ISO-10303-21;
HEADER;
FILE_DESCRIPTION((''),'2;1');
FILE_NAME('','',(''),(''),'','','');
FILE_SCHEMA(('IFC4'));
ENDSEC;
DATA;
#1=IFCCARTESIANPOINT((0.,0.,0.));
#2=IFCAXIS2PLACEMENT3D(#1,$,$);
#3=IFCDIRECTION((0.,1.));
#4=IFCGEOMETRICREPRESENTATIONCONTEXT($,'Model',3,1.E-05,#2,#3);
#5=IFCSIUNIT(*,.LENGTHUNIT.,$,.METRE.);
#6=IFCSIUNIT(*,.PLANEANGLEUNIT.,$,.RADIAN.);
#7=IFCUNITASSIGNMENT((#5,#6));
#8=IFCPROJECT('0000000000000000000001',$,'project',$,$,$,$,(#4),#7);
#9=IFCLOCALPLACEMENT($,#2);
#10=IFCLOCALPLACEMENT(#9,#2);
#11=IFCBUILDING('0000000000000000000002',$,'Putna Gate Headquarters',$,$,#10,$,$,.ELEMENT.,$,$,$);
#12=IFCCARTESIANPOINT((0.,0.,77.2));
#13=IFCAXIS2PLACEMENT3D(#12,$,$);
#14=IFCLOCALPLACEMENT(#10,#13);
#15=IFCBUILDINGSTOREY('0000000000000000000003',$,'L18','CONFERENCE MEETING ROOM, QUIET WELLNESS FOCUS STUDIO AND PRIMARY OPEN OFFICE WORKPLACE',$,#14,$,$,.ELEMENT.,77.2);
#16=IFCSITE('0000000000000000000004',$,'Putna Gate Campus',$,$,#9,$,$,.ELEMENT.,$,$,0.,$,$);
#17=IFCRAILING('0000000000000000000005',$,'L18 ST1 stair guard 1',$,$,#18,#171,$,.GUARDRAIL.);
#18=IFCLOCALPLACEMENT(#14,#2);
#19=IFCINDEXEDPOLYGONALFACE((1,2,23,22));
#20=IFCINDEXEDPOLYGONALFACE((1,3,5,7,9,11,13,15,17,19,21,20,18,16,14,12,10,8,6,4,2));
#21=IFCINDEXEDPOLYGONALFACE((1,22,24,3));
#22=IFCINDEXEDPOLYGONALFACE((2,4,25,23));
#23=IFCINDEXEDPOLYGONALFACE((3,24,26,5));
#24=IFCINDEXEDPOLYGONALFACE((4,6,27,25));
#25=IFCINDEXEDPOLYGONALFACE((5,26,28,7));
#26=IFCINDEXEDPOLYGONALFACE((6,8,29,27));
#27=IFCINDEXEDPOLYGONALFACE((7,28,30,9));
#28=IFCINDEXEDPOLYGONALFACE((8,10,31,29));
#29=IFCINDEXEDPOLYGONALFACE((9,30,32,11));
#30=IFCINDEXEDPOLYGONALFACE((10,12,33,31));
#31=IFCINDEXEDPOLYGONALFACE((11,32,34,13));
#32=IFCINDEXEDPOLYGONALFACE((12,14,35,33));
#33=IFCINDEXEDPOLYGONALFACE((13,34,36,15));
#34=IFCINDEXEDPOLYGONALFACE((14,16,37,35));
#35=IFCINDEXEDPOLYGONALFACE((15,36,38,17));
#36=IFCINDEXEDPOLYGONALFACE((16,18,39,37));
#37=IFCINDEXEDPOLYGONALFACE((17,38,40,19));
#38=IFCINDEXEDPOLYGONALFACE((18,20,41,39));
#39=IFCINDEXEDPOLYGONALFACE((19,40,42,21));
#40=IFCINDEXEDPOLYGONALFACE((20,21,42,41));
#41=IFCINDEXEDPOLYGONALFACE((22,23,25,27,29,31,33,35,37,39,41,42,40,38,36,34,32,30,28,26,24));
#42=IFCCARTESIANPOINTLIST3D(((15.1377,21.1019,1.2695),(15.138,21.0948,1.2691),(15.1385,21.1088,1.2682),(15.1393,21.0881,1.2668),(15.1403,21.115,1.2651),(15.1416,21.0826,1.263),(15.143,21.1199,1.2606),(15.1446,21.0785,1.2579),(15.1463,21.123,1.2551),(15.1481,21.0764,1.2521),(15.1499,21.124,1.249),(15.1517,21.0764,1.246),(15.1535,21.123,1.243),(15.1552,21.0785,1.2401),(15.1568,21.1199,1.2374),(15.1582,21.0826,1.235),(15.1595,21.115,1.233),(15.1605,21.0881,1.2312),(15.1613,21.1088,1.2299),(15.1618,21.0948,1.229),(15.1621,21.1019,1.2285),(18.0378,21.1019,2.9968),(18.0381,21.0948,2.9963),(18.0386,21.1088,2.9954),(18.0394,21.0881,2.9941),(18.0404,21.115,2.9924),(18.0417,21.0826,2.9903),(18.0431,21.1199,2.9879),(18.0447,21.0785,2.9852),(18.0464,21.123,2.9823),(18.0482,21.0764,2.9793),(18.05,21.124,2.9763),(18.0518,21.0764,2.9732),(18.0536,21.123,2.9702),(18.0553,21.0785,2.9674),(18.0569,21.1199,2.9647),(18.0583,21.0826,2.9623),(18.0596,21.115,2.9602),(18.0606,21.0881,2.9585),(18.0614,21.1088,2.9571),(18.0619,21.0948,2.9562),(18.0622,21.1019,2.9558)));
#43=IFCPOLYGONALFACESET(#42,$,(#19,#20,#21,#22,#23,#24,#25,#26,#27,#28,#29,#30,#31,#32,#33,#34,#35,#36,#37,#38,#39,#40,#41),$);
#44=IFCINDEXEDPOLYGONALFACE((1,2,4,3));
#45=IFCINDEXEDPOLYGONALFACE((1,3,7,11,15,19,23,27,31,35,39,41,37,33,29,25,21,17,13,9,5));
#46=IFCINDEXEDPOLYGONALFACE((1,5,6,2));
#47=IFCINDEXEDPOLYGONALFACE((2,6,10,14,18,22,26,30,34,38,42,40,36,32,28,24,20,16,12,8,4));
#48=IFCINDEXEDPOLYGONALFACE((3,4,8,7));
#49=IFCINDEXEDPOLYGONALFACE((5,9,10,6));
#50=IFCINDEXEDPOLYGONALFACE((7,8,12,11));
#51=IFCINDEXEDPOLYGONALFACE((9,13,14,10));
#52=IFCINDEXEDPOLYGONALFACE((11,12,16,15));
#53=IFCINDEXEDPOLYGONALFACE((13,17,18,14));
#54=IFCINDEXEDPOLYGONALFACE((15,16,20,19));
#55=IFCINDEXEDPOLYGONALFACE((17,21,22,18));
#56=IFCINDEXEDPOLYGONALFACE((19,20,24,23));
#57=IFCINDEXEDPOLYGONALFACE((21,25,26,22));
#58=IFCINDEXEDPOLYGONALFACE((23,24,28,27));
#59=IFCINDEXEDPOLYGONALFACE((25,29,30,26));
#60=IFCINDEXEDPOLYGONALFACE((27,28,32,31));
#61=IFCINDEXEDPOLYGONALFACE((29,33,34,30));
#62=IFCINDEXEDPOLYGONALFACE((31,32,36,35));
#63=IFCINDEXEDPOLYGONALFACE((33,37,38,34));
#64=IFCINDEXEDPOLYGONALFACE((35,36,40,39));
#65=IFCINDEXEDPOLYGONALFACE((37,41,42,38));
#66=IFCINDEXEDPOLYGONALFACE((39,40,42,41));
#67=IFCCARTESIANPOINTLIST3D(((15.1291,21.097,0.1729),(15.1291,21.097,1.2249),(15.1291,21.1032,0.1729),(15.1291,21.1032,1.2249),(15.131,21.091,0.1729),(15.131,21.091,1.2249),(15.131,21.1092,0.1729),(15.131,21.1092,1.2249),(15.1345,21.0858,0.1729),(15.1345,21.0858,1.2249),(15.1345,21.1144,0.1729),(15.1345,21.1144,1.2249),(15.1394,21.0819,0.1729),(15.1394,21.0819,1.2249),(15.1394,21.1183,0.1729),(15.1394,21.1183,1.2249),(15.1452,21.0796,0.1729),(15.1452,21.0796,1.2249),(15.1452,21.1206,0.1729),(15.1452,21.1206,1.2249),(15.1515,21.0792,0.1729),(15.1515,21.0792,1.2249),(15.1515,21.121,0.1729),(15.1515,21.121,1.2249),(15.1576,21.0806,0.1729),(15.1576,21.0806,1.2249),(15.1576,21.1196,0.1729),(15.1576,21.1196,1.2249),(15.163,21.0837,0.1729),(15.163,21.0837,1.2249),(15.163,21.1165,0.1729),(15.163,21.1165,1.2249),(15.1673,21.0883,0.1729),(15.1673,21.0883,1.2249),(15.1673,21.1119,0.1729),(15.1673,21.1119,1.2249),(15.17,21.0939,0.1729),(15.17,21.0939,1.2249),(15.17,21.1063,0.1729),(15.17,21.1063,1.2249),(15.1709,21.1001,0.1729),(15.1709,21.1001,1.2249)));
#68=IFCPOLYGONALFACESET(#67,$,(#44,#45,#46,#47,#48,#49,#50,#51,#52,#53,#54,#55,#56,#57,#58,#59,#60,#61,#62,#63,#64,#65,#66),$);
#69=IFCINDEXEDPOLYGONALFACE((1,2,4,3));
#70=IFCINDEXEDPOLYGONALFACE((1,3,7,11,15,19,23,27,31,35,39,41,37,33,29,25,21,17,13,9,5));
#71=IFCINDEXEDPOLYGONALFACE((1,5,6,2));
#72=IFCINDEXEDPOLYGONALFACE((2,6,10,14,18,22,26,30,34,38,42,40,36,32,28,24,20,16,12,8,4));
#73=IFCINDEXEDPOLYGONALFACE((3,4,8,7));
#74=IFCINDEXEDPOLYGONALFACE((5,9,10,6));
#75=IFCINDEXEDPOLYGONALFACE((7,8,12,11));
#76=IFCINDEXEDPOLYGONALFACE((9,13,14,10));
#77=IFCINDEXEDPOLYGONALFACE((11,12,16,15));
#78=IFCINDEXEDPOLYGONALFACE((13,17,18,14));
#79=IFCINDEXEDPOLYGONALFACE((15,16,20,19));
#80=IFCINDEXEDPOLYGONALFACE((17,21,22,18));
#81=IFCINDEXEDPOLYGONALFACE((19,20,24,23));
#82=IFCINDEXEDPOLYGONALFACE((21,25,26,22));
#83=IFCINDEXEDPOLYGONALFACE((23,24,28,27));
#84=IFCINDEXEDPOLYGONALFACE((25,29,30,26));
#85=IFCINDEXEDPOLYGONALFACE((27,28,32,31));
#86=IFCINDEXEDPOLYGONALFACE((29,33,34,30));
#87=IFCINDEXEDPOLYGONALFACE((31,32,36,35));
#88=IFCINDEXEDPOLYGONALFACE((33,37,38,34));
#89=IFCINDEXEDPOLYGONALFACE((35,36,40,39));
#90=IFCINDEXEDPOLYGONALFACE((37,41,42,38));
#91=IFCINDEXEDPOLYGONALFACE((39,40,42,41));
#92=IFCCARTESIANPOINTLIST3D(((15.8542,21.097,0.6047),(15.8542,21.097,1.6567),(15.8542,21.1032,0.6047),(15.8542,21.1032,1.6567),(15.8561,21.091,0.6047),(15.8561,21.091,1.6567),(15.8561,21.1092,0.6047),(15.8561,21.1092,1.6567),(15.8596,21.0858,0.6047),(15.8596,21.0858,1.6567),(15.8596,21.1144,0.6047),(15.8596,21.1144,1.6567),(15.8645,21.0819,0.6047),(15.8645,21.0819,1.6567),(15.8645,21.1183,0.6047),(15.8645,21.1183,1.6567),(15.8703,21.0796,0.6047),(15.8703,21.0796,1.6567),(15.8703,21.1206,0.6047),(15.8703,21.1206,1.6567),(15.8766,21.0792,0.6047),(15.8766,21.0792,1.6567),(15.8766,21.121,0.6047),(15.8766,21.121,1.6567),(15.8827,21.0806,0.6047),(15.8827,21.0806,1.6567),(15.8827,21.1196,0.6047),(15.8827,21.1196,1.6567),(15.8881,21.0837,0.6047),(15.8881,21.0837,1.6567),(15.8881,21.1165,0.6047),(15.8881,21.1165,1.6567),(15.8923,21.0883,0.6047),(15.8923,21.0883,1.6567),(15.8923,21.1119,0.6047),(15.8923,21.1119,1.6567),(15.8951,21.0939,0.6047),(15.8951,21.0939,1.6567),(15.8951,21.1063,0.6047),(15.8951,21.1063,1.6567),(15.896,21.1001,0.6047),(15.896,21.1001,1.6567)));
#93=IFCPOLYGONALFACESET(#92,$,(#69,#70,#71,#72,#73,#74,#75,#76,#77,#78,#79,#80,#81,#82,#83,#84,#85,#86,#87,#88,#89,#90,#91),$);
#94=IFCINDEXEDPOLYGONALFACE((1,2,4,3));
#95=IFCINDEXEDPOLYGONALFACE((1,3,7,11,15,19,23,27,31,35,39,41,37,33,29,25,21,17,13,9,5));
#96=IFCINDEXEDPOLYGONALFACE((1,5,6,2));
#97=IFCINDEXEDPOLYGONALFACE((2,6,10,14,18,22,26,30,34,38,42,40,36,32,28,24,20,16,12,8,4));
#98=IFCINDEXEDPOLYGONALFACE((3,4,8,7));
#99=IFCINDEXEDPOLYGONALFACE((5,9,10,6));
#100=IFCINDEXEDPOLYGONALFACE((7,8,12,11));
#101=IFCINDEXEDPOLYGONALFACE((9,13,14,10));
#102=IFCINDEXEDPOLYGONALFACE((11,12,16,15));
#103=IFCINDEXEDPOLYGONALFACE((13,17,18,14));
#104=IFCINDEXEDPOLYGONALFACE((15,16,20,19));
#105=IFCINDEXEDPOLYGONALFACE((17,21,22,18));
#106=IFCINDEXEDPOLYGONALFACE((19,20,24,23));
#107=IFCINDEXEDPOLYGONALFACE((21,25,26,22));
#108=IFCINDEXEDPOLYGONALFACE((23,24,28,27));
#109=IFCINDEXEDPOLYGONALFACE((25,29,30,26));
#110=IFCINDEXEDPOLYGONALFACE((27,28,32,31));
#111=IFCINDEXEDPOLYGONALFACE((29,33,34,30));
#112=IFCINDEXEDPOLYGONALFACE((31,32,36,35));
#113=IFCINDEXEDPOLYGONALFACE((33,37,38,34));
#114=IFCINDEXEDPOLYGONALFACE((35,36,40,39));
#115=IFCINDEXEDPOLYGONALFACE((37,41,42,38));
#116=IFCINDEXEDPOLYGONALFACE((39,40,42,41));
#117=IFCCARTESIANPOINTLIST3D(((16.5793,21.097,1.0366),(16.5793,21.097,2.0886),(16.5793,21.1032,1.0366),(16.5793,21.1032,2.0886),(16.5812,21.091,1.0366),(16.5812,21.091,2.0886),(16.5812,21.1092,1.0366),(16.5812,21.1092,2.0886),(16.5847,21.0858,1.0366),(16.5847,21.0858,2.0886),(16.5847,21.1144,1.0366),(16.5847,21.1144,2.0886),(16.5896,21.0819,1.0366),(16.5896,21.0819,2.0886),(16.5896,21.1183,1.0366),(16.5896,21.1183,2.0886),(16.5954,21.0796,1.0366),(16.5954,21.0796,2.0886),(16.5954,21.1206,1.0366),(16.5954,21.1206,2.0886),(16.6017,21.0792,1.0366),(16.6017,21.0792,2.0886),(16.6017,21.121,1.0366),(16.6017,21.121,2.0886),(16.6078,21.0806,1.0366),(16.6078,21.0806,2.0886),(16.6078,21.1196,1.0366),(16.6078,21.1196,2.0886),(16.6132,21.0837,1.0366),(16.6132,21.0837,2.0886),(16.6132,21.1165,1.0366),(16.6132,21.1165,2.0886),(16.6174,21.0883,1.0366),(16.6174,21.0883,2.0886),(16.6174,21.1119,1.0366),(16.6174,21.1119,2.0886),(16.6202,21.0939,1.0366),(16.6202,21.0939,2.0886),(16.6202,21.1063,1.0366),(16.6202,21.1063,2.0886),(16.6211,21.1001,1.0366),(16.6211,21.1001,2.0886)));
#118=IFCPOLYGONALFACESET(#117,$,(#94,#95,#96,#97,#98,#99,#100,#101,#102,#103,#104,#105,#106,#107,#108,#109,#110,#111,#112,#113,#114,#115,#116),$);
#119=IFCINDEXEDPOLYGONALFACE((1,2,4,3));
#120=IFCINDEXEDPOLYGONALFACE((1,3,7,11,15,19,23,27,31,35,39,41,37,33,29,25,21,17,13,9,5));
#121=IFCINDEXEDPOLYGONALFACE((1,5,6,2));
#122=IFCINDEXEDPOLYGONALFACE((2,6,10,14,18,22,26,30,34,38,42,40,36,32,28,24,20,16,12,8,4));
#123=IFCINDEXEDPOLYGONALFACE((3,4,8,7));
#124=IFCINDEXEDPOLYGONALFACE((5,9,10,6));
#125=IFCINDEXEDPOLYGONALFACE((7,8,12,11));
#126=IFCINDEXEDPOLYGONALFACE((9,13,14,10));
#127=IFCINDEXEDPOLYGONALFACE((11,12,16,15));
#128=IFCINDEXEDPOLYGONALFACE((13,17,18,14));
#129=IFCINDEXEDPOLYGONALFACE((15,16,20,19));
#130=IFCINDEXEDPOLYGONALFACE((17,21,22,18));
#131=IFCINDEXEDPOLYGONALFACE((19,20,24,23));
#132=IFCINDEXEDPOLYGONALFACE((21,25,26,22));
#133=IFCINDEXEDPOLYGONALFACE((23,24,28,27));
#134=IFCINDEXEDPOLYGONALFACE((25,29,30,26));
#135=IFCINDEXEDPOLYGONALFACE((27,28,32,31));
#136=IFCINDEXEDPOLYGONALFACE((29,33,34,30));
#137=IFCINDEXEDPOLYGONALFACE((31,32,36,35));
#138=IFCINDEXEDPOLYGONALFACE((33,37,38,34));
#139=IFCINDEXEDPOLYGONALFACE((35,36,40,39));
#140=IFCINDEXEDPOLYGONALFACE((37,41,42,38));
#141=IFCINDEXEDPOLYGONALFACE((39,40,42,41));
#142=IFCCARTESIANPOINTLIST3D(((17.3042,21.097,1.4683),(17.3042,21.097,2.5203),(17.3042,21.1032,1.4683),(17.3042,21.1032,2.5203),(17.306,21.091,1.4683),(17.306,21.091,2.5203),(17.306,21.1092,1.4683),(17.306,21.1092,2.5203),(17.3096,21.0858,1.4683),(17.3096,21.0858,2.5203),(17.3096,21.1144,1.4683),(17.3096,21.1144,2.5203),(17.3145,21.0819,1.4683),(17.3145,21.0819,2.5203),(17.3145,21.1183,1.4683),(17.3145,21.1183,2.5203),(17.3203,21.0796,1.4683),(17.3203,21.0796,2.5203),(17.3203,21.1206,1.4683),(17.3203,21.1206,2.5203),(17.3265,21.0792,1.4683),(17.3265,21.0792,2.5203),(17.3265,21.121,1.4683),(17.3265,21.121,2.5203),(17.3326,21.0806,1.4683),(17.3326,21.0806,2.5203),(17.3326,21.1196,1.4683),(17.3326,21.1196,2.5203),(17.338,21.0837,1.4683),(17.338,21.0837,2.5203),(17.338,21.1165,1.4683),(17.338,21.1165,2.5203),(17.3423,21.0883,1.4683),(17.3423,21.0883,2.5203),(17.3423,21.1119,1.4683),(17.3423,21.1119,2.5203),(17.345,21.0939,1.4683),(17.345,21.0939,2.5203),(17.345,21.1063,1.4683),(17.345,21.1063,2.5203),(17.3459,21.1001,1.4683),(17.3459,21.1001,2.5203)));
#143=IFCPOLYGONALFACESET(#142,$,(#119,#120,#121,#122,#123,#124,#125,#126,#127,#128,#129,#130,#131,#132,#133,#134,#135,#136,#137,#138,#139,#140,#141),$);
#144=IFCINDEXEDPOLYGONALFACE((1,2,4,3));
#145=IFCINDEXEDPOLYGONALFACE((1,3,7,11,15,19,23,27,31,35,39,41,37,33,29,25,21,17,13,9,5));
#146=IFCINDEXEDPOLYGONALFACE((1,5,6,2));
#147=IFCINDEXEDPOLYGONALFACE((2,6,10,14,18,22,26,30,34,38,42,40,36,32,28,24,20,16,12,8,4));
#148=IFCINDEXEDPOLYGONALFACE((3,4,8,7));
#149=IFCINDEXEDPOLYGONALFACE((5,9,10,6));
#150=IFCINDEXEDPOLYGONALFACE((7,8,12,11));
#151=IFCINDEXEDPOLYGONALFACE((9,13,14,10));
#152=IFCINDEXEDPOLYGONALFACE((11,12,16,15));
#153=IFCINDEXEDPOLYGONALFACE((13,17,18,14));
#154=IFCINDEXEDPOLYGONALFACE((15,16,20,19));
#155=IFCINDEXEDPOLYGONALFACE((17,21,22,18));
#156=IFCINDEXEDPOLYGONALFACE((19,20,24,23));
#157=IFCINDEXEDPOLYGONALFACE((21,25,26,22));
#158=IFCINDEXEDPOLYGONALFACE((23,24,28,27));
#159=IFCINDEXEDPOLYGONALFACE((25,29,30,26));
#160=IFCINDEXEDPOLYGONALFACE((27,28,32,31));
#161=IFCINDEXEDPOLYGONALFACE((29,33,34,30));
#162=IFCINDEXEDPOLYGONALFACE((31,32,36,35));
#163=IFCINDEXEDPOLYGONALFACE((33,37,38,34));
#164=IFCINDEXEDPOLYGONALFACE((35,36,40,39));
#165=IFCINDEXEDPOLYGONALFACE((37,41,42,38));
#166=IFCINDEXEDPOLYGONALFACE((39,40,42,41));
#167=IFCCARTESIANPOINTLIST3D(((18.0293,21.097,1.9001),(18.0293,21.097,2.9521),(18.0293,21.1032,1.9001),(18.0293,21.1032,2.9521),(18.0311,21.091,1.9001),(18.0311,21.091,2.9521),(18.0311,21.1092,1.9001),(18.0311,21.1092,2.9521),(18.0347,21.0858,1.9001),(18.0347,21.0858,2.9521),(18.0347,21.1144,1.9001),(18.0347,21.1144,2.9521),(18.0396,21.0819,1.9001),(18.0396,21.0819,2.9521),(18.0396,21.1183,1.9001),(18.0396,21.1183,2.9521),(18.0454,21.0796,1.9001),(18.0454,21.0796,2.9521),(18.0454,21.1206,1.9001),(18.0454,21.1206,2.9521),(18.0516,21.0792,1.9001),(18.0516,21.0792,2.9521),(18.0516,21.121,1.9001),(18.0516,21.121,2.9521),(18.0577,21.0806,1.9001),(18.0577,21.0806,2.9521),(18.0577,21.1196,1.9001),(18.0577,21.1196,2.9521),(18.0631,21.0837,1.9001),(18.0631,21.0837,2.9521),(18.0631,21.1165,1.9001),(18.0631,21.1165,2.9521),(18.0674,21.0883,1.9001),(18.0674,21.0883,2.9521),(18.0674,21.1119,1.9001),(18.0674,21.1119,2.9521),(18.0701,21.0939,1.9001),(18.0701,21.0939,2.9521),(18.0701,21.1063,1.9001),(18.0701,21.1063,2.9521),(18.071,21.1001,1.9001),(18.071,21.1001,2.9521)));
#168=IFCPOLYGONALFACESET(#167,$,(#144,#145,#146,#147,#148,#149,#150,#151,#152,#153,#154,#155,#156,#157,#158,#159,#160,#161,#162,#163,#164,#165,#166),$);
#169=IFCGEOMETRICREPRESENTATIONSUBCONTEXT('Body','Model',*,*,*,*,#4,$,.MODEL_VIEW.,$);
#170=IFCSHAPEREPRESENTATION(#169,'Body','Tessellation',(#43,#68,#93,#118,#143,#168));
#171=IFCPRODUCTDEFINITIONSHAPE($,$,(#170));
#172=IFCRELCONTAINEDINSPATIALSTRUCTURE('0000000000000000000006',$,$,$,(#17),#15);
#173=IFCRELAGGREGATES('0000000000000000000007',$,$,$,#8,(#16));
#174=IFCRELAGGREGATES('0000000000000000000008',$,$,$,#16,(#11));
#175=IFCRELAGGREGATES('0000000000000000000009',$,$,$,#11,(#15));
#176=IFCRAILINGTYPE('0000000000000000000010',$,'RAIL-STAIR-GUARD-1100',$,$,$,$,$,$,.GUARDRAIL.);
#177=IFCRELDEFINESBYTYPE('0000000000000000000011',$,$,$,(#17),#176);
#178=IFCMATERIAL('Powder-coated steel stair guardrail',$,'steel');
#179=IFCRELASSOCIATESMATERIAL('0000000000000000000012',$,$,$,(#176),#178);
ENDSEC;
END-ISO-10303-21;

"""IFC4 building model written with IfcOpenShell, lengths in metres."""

from ifc_helpers import new_model, si_unit, direction, frame, origin, origin_2d, place, context, subcontext, project, spatial, circle, extrude, material, type_object, element, save


model = new_model("IFC4")

# Units and contexts
model_context = context("Model", 3, precision=1e-05, world=origin(), true_north=direction((0.0, 1.0)))
body_context = subcontext(model_context, "Body", "Model", "MODEL_VIEW")
ifc_project = project(units=[si_unit("LENGTHUNIT", "METRE"), si_unit("PLANEANGLEUNIT", "RADIAN")], contexts=[model_context])

# Site, building, storey
site_placement = place(None, origin())
site = spatial("IfcSite", under=ifc_project, at=site_placement, Name="Putna Gate Campus", CompositionType="ELEMENT", RefElevation=0.0)
building_placement = place(site_placement, origin())
building = spatial("IfcBuilding", under=site, at=building_placement, Name="Putna Gate Headquarters", CompositionType="ELEMENT")
storey_placement = place(building_placement, frame((0.0, 0.0, 77.2)))
storey = spatial("IfcBuildingStorey", under=building, at=storey_placement, Name="L18", Description="CONFERENCE MEETING ROOM, QUIET WELLNESS FOCUS STUDIO AND PRIMARY OPEN OFFICE WORKPLACE", CompositionType="ELEMENT", Elevation=77.2)

# Railing
ifc_material_1 = material(Name="Powder-coated steel stair guardrail", Category="steel")
railing_type_1 = type_object("IfcRailingType", Name="RAIL-STAIR-GUARD-1100", PredefinedType="GUARDRAIL", material=ifc_material_1)
railing_1_placement = place(storey_placement, frame((15.1499, 21.1001, 0.1729)))
element("IfcRailing", 1, at=railing_1_placement, inside=storey, type_object=railing_type_1, Name="L18 ST1 stair guard 1", PredefinedType="GUARDRAIL", context=body_context, shape_type="SweptSolid", body=[
    extrude(circle(Radius=0.0239, at=origin_2d()), frame((0.0, 0.0, 1.0762), z_axis=(0.85916, 0.0, 0.511706), x_axis=(0.0, 1.0, 0.0)), (0.0, 0.0, 1.0), 3.3755),
    extrude(circle(Radius=0.021, at=origin_2d()), origin(), (0.0, 0.0, 1.0), 1.052),
    extrude(circle(Radius=0.021, at=origin_2d()), frame((0.7251, 0.0, 0.4319)), (0.0, 0.0, 1.0), 1.052),
    extrude(circle(Radius=0.021, at=origin_2d()), frame((1.4502, 0.0, 0.8638)), (0.0, 0.0, 1.0), 1.052),
    extrude(circle(Radius=0.021, at=origin_2d()), frame((2.175, 0.0, 1.2954)), (0.0, 0.0, 1.0), 1.052),
    extrude(circle(Radius=0.021, at=origin_2d()), frame((2.9001, 0.0, 1.7273)), (0.0, 0.0, 1.0), 1.052),
])

save(model, "model.ifc")
